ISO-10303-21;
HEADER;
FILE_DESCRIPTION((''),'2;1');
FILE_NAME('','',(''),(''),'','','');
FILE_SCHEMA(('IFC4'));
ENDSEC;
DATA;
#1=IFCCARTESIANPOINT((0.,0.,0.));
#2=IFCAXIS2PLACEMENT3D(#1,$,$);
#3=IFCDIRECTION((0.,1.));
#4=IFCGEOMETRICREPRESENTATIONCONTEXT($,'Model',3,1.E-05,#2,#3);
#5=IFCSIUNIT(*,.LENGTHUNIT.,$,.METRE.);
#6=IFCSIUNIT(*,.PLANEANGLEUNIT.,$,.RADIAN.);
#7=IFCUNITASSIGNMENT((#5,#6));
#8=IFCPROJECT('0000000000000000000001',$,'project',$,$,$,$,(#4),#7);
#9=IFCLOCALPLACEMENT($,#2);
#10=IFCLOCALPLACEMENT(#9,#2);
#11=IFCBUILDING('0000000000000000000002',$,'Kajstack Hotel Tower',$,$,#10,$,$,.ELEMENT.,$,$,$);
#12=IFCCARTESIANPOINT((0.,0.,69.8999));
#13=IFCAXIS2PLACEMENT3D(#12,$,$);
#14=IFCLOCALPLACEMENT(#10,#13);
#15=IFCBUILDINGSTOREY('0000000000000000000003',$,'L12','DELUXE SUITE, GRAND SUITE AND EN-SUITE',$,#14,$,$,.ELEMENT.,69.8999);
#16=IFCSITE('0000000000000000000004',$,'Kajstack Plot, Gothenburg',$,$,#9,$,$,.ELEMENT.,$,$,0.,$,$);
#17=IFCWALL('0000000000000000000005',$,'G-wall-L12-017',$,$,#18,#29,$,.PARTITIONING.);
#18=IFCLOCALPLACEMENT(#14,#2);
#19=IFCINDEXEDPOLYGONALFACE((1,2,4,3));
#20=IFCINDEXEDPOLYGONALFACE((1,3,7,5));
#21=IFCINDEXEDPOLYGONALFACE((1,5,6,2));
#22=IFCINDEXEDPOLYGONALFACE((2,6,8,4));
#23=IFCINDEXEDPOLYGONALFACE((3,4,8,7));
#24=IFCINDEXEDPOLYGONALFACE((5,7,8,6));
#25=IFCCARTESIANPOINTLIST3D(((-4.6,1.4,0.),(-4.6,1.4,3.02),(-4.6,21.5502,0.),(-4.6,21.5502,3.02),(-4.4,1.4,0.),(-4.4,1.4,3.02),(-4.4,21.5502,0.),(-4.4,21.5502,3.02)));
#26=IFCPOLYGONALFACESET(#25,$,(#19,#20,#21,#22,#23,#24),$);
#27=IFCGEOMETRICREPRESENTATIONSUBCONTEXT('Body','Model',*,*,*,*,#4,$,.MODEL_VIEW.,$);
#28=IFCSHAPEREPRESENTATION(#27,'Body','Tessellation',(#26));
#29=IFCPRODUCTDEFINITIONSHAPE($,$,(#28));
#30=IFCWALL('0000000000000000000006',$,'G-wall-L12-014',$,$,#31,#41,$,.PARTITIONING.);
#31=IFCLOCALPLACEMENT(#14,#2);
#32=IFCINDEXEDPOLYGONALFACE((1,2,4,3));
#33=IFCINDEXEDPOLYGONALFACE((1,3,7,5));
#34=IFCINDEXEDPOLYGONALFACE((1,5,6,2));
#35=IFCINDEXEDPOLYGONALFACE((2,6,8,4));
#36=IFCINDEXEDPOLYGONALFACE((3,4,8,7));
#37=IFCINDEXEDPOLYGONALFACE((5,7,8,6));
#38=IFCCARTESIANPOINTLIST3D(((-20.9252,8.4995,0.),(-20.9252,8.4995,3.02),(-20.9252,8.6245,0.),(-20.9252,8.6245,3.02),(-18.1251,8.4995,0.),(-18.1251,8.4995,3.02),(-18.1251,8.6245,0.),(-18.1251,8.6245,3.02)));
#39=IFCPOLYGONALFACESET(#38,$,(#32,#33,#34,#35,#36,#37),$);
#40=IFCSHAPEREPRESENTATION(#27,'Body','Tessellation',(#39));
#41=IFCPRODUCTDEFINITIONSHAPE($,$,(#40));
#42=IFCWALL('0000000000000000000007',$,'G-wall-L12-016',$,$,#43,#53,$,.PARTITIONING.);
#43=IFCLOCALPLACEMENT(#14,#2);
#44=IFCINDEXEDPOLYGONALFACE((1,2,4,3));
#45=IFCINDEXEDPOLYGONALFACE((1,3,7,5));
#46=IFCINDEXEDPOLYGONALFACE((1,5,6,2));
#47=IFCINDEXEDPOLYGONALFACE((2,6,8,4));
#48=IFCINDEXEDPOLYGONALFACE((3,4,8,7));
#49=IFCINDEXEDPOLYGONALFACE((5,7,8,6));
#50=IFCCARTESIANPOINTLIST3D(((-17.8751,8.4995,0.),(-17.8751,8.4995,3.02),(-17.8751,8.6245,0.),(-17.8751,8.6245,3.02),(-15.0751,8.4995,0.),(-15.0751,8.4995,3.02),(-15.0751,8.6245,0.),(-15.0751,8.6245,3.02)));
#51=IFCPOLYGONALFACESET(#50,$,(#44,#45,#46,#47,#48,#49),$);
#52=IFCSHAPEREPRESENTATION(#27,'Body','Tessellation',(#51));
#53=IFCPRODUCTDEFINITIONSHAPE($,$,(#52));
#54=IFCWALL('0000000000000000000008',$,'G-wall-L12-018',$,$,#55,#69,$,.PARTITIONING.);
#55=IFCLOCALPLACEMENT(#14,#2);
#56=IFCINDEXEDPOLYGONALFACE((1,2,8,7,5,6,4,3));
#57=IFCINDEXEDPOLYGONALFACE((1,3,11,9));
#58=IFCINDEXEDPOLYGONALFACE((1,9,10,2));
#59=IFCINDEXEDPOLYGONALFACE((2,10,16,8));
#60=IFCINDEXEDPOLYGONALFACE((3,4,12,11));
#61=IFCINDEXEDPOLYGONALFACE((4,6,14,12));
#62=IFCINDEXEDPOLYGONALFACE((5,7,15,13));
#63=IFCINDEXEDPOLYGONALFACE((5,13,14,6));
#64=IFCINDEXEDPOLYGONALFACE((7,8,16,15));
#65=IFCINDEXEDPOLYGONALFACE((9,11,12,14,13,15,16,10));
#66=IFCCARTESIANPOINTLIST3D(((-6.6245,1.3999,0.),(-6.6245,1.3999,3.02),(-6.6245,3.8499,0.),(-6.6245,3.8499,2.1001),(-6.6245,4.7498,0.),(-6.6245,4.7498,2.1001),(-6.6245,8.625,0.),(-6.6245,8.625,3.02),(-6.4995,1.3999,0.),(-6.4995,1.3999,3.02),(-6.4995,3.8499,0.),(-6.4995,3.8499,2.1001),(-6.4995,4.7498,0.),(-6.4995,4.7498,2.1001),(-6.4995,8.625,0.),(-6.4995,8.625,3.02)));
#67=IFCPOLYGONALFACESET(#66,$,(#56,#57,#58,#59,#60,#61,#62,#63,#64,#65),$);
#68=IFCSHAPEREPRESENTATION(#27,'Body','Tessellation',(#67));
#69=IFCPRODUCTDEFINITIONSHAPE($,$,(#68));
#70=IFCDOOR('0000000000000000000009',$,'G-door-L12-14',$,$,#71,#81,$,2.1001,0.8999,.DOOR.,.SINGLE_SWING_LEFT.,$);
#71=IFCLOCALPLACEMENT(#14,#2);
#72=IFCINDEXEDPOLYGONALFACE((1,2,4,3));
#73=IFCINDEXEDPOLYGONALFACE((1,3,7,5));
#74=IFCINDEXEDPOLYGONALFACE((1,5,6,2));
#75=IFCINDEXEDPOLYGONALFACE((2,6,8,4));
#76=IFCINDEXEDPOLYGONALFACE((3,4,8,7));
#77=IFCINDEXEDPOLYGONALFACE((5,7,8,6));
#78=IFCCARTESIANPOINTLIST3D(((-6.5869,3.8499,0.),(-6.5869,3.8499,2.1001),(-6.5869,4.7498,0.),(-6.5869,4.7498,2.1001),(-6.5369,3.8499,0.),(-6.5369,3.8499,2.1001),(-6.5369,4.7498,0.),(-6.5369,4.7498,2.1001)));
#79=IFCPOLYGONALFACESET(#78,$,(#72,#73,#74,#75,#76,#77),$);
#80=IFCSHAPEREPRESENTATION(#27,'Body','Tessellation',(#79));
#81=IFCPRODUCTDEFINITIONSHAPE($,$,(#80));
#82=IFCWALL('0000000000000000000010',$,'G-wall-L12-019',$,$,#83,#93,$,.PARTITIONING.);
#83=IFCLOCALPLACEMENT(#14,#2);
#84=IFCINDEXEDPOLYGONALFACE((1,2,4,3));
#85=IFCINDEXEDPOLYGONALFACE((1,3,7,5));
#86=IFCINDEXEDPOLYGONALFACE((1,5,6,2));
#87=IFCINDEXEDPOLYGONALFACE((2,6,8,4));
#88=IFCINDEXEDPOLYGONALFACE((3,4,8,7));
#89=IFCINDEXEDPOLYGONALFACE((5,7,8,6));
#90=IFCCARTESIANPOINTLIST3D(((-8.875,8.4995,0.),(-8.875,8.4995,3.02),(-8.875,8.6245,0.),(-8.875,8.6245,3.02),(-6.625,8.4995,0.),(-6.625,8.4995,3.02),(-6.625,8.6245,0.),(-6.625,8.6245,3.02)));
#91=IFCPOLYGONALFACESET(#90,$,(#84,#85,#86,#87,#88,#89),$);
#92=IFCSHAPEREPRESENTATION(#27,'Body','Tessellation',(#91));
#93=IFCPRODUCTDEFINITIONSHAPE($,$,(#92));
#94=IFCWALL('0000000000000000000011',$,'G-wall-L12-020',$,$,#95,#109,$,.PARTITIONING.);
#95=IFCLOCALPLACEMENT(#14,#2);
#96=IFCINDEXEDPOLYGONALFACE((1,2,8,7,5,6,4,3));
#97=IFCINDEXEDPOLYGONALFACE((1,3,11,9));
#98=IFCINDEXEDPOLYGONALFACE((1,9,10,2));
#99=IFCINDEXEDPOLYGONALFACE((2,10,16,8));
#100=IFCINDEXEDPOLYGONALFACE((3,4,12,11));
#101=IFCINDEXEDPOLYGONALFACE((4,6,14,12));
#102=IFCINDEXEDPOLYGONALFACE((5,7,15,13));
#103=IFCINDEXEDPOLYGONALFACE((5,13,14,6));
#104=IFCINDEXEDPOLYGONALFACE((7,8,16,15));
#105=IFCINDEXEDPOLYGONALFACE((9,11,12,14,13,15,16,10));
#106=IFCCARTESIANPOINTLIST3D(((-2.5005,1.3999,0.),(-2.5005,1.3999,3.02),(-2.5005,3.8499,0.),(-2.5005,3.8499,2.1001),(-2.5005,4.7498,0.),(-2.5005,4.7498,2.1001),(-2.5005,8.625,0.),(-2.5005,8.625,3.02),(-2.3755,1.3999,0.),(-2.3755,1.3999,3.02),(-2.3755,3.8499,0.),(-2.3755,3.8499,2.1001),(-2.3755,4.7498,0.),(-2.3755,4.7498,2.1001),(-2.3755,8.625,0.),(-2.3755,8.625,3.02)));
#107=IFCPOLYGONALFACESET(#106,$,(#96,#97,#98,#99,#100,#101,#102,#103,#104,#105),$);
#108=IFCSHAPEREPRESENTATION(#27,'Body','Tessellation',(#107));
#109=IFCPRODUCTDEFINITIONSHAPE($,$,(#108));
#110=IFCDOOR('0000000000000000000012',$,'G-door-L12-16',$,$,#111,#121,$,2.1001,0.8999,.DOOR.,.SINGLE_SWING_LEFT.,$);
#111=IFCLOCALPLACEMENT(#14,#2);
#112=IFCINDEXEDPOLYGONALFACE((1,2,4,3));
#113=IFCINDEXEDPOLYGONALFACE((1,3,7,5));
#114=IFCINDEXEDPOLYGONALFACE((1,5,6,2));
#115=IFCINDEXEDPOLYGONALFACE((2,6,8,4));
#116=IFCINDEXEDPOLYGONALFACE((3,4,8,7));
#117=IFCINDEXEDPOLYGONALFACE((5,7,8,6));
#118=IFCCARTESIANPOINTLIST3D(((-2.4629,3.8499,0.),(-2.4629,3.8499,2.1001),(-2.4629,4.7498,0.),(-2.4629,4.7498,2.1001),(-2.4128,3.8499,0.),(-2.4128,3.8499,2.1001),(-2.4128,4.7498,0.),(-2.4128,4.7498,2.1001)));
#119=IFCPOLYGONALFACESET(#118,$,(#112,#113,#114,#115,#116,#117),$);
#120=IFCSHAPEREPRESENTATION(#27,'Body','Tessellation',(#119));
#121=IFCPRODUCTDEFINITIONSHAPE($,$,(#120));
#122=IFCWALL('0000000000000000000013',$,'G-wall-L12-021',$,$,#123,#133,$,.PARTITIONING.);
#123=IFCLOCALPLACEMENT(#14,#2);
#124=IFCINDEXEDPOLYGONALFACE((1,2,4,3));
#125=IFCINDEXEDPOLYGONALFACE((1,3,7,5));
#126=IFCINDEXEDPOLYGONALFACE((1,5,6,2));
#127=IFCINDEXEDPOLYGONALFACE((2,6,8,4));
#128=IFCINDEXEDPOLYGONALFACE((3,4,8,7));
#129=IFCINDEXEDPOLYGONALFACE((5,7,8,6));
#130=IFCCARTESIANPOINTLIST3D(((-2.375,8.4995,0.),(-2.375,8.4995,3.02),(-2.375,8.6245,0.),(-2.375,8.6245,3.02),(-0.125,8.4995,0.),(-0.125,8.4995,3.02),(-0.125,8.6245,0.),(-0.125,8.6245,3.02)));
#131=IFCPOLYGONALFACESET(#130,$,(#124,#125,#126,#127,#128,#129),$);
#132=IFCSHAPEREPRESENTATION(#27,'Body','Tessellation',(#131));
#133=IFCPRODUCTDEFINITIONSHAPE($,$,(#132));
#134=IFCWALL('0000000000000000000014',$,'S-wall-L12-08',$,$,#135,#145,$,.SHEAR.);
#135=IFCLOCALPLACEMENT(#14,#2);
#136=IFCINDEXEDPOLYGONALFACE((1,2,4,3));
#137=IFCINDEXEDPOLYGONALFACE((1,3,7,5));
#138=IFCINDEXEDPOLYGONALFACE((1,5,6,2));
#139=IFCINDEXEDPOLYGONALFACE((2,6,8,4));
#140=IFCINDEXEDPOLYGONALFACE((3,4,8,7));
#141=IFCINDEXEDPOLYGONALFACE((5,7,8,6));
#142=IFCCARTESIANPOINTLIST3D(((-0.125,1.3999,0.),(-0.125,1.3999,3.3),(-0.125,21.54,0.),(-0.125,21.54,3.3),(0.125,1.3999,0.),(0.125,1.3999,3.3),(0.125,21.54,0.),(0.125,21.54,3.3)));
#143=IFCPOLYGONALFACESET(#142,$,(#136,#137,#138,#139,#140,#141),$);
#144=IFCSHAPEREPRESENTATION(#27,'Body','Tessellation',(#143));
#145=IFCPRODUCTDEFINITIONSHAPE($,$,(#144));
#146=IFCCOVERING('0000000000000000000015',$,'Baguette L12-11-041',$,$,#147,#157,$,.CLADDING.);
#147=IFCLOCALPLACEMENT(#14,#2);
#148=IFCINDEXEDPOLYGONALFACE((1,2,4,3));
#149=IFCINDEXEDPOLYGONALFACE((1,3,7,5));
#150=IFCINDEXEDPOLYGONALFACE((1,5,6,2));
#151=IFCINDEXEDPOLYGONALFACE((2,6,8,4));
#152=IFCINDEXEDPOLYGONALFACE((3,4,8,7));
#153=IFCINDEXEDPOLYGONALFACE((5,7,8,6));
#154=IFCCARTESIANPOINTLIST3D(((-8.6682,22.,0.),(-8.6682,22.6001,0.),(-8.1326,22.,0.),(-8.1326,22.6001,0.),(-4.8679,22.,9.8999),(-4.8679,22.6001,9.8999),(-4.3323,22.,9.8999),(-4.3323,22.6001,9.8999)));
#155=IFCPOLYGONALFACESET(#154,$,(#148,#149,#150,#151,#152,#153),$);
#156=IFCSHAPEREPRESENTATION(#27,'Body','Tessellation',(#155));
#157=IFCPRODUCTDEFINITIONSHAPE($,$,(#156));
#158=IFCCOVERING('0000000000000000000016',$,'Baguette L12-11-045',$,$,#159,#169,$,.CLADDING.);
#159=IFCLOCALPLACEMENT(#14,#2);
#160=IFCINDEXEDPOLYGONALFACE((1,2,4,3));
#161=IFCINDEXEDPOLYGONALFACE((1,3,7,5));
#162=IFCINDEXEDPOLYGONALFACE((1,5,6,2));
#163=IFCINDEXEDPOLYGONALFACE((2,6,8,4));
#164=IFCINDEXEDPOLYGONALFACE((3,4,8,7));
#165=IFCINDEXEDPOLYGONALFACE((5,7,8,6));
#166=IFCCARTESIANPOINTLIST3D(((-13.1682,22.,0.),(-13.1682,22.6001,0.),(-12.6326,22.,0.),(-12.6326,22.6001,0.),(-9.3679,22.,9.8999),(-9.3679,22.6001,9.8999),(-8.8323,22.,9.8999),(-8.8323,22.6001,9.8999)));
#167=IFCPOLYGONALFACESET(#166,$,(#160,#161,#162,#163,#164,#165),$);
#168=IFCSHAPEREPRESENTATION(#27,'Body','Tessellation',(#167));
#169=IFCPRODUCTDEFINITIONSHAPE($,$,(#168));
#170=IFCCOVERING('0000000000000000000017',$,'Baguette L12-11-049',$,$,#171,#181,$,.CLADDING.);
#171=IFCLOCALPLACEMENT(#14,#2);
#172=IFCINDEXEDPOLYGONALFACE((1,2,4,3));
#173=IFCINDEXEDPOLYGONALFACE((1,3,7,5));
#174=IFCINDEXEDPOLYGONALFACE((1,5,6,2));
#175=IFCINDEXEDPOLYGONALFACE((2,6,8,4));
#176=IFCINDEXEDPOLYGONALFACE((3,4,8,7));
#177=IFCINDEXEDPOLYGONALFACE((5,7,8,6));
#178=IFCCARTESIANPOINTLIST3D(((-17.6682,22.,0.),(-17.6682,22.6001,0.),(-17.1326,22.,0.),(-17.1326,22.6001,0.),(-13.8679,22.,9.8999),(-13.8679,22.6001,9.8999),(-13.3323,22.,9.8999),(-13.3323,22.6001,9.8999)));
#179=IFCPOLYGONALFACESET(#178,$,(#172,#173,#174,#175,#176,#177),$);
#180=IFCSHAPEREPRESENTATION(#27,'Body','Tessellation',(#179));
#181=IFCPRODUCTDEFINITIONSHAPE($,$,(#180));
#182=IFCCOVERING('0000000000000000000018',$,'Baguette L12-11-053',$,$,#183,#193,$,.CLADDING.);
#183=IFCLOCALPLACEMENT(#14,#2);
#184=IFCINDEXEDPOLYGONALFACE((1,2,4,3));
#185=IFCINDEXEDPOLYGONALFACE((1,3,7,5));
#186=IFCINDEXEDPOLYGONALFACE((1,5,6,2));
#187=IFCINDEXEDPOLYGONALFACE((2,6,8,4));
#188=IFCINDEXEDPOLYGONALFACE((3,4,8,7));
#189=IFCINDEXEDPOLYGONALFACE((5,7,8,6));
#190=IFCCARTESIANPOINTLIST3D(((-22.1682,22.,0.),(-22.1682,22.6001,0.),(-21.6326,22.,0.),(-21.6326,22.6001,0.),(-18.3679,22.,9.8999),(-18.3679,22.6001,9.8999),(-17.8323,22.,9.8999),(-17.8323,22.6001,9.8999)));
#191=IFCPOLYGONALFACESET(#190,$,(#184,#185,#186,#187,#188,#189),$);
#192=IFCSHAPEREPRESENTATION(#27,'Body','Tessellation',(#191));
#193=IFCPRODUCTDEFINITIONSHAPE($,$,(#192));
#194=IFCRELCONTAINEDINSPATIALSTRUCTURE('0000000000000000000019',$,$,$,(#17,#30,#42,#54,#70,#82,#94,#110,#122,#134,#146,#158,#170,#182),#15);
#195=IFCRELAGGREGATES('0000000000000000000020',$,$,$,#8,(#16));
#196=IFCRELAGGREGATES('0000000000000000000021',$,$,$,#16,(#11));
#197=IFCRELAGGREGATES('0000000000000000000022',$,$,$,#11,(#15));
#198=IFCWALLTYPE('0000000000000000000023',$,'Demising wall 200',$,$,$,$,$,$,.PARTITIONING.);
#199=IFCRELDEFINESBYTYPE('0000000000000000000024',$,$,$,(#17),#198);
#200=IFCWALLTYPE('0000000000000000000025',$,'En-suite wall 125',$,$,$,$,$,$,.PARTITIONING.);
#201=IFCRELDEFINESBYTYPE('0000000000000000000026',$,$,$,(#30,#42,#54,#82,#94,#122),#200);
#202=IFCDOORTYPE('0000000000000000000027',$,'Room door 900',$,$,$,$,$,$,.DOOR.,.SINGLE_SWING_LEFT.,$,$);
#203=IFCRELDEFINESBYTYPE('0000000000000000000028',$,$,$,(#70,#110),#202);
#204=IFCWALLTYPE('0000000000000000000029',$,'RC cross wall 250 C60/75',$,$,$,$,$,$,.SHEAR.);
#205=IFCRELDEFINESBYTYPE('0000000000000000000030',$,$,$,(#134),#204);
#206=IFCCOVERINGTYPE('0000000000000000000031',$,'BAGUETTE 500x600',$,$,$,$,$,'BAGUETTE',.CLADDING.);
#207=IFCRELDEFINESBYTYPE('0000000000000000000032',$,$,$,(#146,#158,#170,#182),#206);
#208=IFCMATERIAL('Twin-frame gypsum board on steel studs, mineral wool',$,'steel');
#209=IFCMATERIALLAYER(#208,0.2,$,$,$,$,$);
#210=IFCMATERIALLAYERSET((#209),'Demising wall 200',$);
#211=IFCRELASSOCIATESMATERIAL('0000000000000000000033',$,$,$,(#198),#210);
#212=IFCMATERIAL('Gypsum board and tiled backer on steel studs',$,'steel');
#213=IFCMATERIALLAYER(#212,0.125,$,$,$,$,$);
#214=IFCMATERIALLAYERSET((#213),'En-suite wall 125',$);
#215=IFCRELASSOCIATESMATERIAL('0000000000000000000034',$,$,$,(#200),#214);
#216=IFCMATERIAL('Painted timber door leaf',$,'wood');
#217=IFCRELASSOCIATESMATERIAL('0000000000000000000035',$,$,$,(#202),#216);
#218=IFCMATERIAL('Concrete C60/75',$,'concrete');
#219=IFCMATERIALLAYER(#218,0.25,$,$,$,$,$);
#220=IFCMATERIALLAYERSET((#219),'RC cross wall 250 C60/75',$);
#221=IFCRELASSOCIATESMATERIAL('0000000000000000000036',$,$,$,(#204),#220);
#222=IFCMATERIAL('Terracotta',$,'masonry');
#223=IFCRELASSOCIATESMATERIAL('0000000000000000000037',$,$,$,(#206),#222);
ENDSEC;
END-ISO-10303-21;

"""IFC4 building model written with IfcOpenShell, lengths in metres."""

from ifc_helpers import new_model, si_unit, direction, frame, frame_2d, origin, origin_2d, place, context, subcontext, project, spatial, polyline, rectangle, outline, extrude, material, layer, layer_set, material_profile, profile_set, type_object, element, fill, save


model = new_model("IFC4")

# Units and contexts
model_context = context("Model", 3, precision=1e-05, world=origin(), true_north=direction((0.0, 1.0)))
body_context = subcontext(model_context, "Body", "Model", "MODEL_VIEW")
ifc_project = project(units=[si_unit("LENGTHUNIT", "METRE"), si_unit("PLANEANGLEUNIT", "RADIAN")], contexts=[model_context])

# Site, building, storey
site_placement = place(None, origin())
site = spatial("IfcSite", under=ifc_project, at=site_placement, Name="Kajstack Plot, Gothenburg", CompositionType="ELEMENT", RefElevation=0.0)
building_placement = place(site_placement, origin())
building = spatial("IfcBuilding", under=site, at=building_placement, Name="Kajstack Hotel Tower", CompositionType="ELEMENT")
storey_placement = place(building_placement, frame((0.0, 0.0, 69.8999)))
storey = spatial("IfcBuildingStorey", under=building, at=storey_placement, Name="L12", Description="DELUXE SUITE, GRAND SUITE AND EN-SUITE", CompositionType="ELEMENT", Elevation=69.8999)

# Walls
ifc_material_1 = material(Name="Twin-frame gypsum board on steel studs, mineral wool", Category="steel")
ifc_layer_1 = layer(ifc_material_1, 0.2)
ifc_layer_set_1 = layer_set([ifc_layer_1], Name="Demising wall 200")
wall_type_1 = type_object("IfcWallType", Name="Demising wall 200", PredefinedType="PARTITIONING", material=ifc_layer_set_1)
wall_1_placement = place(storey_placement, frame((-4.5, 1.3999, 0.0), z_axis=(0.0, 0.0, 1.0), x_axis=(0.0, 1.0, 0.0)))
element("IfcWall", 1, at=wall_1_placement, inside=storey, type_object=wall_type_1, Name="G-wall-L12-017", PredefinedType="PARTITIONING", context=body_context, shape_type="SweptSolid", body=[
    extrude(rectangle(XDim=20.1501, YDim=0.2, at=frame_2d((10.0752, 0.0))), origin(), (0.0, 0.0, 1.0), 3.02),
])
ifc_material_2 = material(Name="Gypsum board and tiled backer on steel studs", Category="steel")
ifc_layer_2 = layer(ifc_material_2, 0.125)
ifc_layer_set_2 = layer_set([ifc_layer_2], Name="En-suite wall 125")
wall_type_2 = type_object("IfcWallType", Name="En-suite wall 125", PredefinedType="PARTITIONING", material=ifc_layer_set_2)
for number, where, z_axis, x_axis, name in (
    (2, (-20.925, 8.562, 0.0), (0.0, 0.0, 1.0), (1.0, 0.0, 0.0), "G-wall-L12-014"),
    (3, (-17.875, 8.562, 0.0), (0.0, 0.0, 1.0), (1.0, 0.0, 0.0), "G-wall-L12-016"),
):
    element("IfcWall", number, at=place(storey_placement, frame(where, z_axis=z_axis, x_axis=x_axis)), inside=storey, type_object=wall_type_2, Name=name, PredefinedType="PARTITIONING", context=body_context, shape_type="SweptSolid", body=[
        extrude(rectangle(XDim=2.8, YDim=0.125, at=frame_2d((1.3999, 0.0))), origin(), (0.0, 0.0, 1.0), 3.02),
    ])

# Wall, opening, door
wall_2_placement = place(storey_placement, frame((-6.562, 1.3999, 0.0), z_axis=(0.0, 0.0, 1.0), x_axis=(0.0, 1.0, 0.0)))
wall_2 = element("IfcWall", 4, at=wall_2_placement, inside=storey, type_object=wall_type_2, Name="G-wall-L12-018", PredefinedType="PARTITIONING", context=body_context, shape_type="SweptSolid", body=[
    extrude(rectangle(XDim=7.2251, YDim=0.125, at=frame_2d((3.6125, 0.0))), origin(), (0.0, 0.0, 1.0), 3.02),
])
opening_1_placement = place(wall_2_placement, frame((2.45, 0.0, 0.0)))
opening_1 = element("IfcOpeningElement", 5, at=opening_1_placement, cuts=wall_2, PredefinedType="OPENING", context=body_context, shape_type="SweptSolid", body=[
    extrude(rectangle(XDim=0.8999, YDim=2.1001, at=frame_2d((0.45, 1.05))), frame((0.0, 0.0725, 0.0), z_axis=(0.0, -1.0, 0.0), x_axis=(1.0, 0.0, 0.0)), (0.0, 0.0, 1.0), 0.145),
])
ifc_material_3 = material(Name="Painted timber door leaf", Category="wood")
door_type = type_object("IfcDoorType", Name="Room door 900", OperationType="SINGLE_SWING_LEFT", PredefinedType="DOOR", material=ifc_material_3)
door_1_placement = place(opening_1_placement, origin())
door_1 = element("IfcDoor", 6, at=door_1_placement, inside=storey, type_object=door_type, Name="G-door-L12-14", OperationType="SINGLE_SWING_LEFT", OverallHeight=2.1001, OverallWidth=0.8999, PredefinedType="DOOR", context=body_context, shape_type="SweptSolid", body=[
    extrude(rectangle(XDim=0.8999, YDim=2.1001, at=frame_2d((0.45, 1.05))), frame((0.0, 0.0249, 0.0), z_axis=(0.0, -1.0, 0.0), x_axis=(1.0, 0.0, 0.0)), (0.0, 0.0, 1.0), 0.05),
])
fill(opening_1, door_1)

# Wall
wall_3_placement = place(storey_placement, frame((-8.875, 8.562, 0.0), z_axis=(0.0, 0.0, 1.0), x_axis=(1.0, 0.0, 0.0)))
element("IfcWall", 7, at=wall_3_placement, inside=storey, type_object=wall_type_2, Name="G-wall-L12-019", PredefinedType="PARTITIONING", context=body_context, shape_type="SweptSolid", body=[
    extrude(rectangle(XDim=2.25, YDim=0.125, at=frame_2d((1.125, 0.0))), origin(), (0.0, 0.0, 1.0), 3.02),
])

# Wall, opening, door
wall_4_placement = place(storey_placement, frame((-2.438, 1.3999, 0.0), z_axis=(0.0, 0.0, 1.0), x_axis=(0.0, 1.0, 0.0)))
wall_4 = element("IfcWall", 8, at=wall_4_placement, inside=storey, type_object=wall_type_2, Name="G-wall-L12-020", PredefinedType="PARTITIONING", context=body_context, shape_type="SweptSolid", body=[
    extrude(rectangle(XDim=7.2251, YDim=0.125, at=frame_2d((3.6125, 0.0))), origin(), (0.0, 0.0, 1.0), 3.02),
])
opening_2_placement = place(wall_4_placement, frame((2.45, 0.0, 0.0)))
opening_2 = element("IfcOpeningElement", 9, at=opening_2_placement, cuts=wall_4, PredefinedType="OPENING", context=body_context, shape_type="SweptSolid", body=[
    extrude(rectangle(XDim=0.8999, YDim=2.1001, at=frame_2d((0.45, 1.05))), frame((0.0, 0.0725, 0.0), z_axis=(0.0, -1.0, 0.0), x_axis=(1.0, 0.0, 0.0)), (0.0, 0.0, 1.0), 0.145),
])
door_2_placement = place(opening_2_placement, origin())
door_2 = element("IfcDoor", 10, at=door_2_placement, inside=storey, type_object=door_type, Name="G-door-L12-16", OperationType="SINGLE_SWING_LEFT", OverallHeight=2.1001, OverallWidth=0.8999, PredefinedType="DOOR", context=body_context, shape_type="SweptSolid", body=[
    extrude(rectangle(XDim=0.8999, YDim=2.1001, at=frame_2d((0.45, 1.05))), frame((0.0, 0.0249, 0.0), z_axis=(0.0, -1.0, 0.0), x_axis=(1.0, 0.0, 0.0)), (0.0, 0.0, 1.0), 0.05),
])
fill(opening_2, door_2)

# Walls
wall_5_placement = place(storey_placement, frame((-2.375, 8.562, 0.0), z_axis=(0.0, 0.0, 1.0), x_axis=(1.0, 0.0, 0.0)))
element("IfcWall", 11, at=wall_5_placement, inside=storey, type_object=wall_type_2, Name="G-wall-L12-021", PredefinedType="PARTITIONING", context=body_context, shape_type="SweptSolid", body=[
    extrude(rectangle(XDim=2.25, YDim=0.125, at=frame_2d((1.125, 0.0))), origin(), (0.0, 0.0, 1.0), 3.02),
])
ifc_material_4 = material(Name="Concrete C60/75", Category="concrete")
ifc_layer_3 = layer(ifc_material_4, 0.25)
ifc_layer_set_3 = layer_set([ifc_layer_3], Name="RC cross wall 250 C60/75")
wall_type_3 = type_object("IfcWallType", Name="RC cross wall 250 C60/75", PredefinedType="SHEAR", material=ifc_layer_set_3)
wall_6_placement = place(storey_placement, frame((0.0, 1.3999, 0.0), z_axis=(0.0, 0.0, 1.0), x_axis=(0.0, 1.0, 0.0)))
element("IfcWall", 12, at=wall_6_placement, inside=storey, type_object=wall_type_3, Name="S-wall-L12-08", PredefinedType="SHEAR", context=body_context, shape_type="SweptSolid", body=[
    extrude(rectangle(XDim=20.1401, YDim=0.25, at=frame_2d((10.0701, 0.0))), origin(), (0.0, 0.0, 1.0), 3.3),
])

# Coverings
ifc_material_5 = material(Name="Terracotta", Category="masonry")
ifc_material_profile = material_profile(ifc_material_5, rectangle(XDim=0.6001, YDim=0.5, at=origin_2d()), Name="Terracotta-clad concrete baguette 500 x 600")
ifc_profile_set = profile_set([ifc_material_profile], Name="Terracotta")
covering_type = type_object("IfcCoveringType", Name="BAGUETTE 500x600", ElementType="BAGUETTE", PredefinedType="CLADDING", material=ifc_profile_set)
for number, where, z_axis, x_axis, name in (
    (13, (-4.3323, 22.0, 0.0), (0.0, 1.0, 0.0), (-1.0, 0.0, 0.0), "Baguette L12-11-041"),
    (14, (-8.8323, 22.0, 0.0), (0.0, 1.0, 0.0), (-1.0, 0.0, 0.0), "Baguette L12-11-045"),
    (15, (-13.3323, 22.0, 0.0), (0.0, 1.0, 0.0), (-1.0, 0.0, 0.0), "Baguette L12-11-049"),
    (16, (-17.8323, 22.0, 0.0), (0.0, 1.0, 0.0), (-1.0, 0.0, 0.0), "Baguette L12-11-053"),
):
    element("IfcCovering", number, at=place(storey_placement, frame(where, z_axis=z_axis, x_axis=x_axis)), inside=storey, type_object=covering_type, Name=name, PredefinedType="CLADDING", context=body_context, shape_type="SweptSolid", body=[
        extrude(outline(polyline([(0.0, 9.8999), (3.8003, 0.0), (4.3359, 0.0), (0.5356, 9.8999), (0.0, 9.8999)])), origin(), (0.0, 0.0, 1.0), 0.6001),
    ])

save(model, "model.ifc")
